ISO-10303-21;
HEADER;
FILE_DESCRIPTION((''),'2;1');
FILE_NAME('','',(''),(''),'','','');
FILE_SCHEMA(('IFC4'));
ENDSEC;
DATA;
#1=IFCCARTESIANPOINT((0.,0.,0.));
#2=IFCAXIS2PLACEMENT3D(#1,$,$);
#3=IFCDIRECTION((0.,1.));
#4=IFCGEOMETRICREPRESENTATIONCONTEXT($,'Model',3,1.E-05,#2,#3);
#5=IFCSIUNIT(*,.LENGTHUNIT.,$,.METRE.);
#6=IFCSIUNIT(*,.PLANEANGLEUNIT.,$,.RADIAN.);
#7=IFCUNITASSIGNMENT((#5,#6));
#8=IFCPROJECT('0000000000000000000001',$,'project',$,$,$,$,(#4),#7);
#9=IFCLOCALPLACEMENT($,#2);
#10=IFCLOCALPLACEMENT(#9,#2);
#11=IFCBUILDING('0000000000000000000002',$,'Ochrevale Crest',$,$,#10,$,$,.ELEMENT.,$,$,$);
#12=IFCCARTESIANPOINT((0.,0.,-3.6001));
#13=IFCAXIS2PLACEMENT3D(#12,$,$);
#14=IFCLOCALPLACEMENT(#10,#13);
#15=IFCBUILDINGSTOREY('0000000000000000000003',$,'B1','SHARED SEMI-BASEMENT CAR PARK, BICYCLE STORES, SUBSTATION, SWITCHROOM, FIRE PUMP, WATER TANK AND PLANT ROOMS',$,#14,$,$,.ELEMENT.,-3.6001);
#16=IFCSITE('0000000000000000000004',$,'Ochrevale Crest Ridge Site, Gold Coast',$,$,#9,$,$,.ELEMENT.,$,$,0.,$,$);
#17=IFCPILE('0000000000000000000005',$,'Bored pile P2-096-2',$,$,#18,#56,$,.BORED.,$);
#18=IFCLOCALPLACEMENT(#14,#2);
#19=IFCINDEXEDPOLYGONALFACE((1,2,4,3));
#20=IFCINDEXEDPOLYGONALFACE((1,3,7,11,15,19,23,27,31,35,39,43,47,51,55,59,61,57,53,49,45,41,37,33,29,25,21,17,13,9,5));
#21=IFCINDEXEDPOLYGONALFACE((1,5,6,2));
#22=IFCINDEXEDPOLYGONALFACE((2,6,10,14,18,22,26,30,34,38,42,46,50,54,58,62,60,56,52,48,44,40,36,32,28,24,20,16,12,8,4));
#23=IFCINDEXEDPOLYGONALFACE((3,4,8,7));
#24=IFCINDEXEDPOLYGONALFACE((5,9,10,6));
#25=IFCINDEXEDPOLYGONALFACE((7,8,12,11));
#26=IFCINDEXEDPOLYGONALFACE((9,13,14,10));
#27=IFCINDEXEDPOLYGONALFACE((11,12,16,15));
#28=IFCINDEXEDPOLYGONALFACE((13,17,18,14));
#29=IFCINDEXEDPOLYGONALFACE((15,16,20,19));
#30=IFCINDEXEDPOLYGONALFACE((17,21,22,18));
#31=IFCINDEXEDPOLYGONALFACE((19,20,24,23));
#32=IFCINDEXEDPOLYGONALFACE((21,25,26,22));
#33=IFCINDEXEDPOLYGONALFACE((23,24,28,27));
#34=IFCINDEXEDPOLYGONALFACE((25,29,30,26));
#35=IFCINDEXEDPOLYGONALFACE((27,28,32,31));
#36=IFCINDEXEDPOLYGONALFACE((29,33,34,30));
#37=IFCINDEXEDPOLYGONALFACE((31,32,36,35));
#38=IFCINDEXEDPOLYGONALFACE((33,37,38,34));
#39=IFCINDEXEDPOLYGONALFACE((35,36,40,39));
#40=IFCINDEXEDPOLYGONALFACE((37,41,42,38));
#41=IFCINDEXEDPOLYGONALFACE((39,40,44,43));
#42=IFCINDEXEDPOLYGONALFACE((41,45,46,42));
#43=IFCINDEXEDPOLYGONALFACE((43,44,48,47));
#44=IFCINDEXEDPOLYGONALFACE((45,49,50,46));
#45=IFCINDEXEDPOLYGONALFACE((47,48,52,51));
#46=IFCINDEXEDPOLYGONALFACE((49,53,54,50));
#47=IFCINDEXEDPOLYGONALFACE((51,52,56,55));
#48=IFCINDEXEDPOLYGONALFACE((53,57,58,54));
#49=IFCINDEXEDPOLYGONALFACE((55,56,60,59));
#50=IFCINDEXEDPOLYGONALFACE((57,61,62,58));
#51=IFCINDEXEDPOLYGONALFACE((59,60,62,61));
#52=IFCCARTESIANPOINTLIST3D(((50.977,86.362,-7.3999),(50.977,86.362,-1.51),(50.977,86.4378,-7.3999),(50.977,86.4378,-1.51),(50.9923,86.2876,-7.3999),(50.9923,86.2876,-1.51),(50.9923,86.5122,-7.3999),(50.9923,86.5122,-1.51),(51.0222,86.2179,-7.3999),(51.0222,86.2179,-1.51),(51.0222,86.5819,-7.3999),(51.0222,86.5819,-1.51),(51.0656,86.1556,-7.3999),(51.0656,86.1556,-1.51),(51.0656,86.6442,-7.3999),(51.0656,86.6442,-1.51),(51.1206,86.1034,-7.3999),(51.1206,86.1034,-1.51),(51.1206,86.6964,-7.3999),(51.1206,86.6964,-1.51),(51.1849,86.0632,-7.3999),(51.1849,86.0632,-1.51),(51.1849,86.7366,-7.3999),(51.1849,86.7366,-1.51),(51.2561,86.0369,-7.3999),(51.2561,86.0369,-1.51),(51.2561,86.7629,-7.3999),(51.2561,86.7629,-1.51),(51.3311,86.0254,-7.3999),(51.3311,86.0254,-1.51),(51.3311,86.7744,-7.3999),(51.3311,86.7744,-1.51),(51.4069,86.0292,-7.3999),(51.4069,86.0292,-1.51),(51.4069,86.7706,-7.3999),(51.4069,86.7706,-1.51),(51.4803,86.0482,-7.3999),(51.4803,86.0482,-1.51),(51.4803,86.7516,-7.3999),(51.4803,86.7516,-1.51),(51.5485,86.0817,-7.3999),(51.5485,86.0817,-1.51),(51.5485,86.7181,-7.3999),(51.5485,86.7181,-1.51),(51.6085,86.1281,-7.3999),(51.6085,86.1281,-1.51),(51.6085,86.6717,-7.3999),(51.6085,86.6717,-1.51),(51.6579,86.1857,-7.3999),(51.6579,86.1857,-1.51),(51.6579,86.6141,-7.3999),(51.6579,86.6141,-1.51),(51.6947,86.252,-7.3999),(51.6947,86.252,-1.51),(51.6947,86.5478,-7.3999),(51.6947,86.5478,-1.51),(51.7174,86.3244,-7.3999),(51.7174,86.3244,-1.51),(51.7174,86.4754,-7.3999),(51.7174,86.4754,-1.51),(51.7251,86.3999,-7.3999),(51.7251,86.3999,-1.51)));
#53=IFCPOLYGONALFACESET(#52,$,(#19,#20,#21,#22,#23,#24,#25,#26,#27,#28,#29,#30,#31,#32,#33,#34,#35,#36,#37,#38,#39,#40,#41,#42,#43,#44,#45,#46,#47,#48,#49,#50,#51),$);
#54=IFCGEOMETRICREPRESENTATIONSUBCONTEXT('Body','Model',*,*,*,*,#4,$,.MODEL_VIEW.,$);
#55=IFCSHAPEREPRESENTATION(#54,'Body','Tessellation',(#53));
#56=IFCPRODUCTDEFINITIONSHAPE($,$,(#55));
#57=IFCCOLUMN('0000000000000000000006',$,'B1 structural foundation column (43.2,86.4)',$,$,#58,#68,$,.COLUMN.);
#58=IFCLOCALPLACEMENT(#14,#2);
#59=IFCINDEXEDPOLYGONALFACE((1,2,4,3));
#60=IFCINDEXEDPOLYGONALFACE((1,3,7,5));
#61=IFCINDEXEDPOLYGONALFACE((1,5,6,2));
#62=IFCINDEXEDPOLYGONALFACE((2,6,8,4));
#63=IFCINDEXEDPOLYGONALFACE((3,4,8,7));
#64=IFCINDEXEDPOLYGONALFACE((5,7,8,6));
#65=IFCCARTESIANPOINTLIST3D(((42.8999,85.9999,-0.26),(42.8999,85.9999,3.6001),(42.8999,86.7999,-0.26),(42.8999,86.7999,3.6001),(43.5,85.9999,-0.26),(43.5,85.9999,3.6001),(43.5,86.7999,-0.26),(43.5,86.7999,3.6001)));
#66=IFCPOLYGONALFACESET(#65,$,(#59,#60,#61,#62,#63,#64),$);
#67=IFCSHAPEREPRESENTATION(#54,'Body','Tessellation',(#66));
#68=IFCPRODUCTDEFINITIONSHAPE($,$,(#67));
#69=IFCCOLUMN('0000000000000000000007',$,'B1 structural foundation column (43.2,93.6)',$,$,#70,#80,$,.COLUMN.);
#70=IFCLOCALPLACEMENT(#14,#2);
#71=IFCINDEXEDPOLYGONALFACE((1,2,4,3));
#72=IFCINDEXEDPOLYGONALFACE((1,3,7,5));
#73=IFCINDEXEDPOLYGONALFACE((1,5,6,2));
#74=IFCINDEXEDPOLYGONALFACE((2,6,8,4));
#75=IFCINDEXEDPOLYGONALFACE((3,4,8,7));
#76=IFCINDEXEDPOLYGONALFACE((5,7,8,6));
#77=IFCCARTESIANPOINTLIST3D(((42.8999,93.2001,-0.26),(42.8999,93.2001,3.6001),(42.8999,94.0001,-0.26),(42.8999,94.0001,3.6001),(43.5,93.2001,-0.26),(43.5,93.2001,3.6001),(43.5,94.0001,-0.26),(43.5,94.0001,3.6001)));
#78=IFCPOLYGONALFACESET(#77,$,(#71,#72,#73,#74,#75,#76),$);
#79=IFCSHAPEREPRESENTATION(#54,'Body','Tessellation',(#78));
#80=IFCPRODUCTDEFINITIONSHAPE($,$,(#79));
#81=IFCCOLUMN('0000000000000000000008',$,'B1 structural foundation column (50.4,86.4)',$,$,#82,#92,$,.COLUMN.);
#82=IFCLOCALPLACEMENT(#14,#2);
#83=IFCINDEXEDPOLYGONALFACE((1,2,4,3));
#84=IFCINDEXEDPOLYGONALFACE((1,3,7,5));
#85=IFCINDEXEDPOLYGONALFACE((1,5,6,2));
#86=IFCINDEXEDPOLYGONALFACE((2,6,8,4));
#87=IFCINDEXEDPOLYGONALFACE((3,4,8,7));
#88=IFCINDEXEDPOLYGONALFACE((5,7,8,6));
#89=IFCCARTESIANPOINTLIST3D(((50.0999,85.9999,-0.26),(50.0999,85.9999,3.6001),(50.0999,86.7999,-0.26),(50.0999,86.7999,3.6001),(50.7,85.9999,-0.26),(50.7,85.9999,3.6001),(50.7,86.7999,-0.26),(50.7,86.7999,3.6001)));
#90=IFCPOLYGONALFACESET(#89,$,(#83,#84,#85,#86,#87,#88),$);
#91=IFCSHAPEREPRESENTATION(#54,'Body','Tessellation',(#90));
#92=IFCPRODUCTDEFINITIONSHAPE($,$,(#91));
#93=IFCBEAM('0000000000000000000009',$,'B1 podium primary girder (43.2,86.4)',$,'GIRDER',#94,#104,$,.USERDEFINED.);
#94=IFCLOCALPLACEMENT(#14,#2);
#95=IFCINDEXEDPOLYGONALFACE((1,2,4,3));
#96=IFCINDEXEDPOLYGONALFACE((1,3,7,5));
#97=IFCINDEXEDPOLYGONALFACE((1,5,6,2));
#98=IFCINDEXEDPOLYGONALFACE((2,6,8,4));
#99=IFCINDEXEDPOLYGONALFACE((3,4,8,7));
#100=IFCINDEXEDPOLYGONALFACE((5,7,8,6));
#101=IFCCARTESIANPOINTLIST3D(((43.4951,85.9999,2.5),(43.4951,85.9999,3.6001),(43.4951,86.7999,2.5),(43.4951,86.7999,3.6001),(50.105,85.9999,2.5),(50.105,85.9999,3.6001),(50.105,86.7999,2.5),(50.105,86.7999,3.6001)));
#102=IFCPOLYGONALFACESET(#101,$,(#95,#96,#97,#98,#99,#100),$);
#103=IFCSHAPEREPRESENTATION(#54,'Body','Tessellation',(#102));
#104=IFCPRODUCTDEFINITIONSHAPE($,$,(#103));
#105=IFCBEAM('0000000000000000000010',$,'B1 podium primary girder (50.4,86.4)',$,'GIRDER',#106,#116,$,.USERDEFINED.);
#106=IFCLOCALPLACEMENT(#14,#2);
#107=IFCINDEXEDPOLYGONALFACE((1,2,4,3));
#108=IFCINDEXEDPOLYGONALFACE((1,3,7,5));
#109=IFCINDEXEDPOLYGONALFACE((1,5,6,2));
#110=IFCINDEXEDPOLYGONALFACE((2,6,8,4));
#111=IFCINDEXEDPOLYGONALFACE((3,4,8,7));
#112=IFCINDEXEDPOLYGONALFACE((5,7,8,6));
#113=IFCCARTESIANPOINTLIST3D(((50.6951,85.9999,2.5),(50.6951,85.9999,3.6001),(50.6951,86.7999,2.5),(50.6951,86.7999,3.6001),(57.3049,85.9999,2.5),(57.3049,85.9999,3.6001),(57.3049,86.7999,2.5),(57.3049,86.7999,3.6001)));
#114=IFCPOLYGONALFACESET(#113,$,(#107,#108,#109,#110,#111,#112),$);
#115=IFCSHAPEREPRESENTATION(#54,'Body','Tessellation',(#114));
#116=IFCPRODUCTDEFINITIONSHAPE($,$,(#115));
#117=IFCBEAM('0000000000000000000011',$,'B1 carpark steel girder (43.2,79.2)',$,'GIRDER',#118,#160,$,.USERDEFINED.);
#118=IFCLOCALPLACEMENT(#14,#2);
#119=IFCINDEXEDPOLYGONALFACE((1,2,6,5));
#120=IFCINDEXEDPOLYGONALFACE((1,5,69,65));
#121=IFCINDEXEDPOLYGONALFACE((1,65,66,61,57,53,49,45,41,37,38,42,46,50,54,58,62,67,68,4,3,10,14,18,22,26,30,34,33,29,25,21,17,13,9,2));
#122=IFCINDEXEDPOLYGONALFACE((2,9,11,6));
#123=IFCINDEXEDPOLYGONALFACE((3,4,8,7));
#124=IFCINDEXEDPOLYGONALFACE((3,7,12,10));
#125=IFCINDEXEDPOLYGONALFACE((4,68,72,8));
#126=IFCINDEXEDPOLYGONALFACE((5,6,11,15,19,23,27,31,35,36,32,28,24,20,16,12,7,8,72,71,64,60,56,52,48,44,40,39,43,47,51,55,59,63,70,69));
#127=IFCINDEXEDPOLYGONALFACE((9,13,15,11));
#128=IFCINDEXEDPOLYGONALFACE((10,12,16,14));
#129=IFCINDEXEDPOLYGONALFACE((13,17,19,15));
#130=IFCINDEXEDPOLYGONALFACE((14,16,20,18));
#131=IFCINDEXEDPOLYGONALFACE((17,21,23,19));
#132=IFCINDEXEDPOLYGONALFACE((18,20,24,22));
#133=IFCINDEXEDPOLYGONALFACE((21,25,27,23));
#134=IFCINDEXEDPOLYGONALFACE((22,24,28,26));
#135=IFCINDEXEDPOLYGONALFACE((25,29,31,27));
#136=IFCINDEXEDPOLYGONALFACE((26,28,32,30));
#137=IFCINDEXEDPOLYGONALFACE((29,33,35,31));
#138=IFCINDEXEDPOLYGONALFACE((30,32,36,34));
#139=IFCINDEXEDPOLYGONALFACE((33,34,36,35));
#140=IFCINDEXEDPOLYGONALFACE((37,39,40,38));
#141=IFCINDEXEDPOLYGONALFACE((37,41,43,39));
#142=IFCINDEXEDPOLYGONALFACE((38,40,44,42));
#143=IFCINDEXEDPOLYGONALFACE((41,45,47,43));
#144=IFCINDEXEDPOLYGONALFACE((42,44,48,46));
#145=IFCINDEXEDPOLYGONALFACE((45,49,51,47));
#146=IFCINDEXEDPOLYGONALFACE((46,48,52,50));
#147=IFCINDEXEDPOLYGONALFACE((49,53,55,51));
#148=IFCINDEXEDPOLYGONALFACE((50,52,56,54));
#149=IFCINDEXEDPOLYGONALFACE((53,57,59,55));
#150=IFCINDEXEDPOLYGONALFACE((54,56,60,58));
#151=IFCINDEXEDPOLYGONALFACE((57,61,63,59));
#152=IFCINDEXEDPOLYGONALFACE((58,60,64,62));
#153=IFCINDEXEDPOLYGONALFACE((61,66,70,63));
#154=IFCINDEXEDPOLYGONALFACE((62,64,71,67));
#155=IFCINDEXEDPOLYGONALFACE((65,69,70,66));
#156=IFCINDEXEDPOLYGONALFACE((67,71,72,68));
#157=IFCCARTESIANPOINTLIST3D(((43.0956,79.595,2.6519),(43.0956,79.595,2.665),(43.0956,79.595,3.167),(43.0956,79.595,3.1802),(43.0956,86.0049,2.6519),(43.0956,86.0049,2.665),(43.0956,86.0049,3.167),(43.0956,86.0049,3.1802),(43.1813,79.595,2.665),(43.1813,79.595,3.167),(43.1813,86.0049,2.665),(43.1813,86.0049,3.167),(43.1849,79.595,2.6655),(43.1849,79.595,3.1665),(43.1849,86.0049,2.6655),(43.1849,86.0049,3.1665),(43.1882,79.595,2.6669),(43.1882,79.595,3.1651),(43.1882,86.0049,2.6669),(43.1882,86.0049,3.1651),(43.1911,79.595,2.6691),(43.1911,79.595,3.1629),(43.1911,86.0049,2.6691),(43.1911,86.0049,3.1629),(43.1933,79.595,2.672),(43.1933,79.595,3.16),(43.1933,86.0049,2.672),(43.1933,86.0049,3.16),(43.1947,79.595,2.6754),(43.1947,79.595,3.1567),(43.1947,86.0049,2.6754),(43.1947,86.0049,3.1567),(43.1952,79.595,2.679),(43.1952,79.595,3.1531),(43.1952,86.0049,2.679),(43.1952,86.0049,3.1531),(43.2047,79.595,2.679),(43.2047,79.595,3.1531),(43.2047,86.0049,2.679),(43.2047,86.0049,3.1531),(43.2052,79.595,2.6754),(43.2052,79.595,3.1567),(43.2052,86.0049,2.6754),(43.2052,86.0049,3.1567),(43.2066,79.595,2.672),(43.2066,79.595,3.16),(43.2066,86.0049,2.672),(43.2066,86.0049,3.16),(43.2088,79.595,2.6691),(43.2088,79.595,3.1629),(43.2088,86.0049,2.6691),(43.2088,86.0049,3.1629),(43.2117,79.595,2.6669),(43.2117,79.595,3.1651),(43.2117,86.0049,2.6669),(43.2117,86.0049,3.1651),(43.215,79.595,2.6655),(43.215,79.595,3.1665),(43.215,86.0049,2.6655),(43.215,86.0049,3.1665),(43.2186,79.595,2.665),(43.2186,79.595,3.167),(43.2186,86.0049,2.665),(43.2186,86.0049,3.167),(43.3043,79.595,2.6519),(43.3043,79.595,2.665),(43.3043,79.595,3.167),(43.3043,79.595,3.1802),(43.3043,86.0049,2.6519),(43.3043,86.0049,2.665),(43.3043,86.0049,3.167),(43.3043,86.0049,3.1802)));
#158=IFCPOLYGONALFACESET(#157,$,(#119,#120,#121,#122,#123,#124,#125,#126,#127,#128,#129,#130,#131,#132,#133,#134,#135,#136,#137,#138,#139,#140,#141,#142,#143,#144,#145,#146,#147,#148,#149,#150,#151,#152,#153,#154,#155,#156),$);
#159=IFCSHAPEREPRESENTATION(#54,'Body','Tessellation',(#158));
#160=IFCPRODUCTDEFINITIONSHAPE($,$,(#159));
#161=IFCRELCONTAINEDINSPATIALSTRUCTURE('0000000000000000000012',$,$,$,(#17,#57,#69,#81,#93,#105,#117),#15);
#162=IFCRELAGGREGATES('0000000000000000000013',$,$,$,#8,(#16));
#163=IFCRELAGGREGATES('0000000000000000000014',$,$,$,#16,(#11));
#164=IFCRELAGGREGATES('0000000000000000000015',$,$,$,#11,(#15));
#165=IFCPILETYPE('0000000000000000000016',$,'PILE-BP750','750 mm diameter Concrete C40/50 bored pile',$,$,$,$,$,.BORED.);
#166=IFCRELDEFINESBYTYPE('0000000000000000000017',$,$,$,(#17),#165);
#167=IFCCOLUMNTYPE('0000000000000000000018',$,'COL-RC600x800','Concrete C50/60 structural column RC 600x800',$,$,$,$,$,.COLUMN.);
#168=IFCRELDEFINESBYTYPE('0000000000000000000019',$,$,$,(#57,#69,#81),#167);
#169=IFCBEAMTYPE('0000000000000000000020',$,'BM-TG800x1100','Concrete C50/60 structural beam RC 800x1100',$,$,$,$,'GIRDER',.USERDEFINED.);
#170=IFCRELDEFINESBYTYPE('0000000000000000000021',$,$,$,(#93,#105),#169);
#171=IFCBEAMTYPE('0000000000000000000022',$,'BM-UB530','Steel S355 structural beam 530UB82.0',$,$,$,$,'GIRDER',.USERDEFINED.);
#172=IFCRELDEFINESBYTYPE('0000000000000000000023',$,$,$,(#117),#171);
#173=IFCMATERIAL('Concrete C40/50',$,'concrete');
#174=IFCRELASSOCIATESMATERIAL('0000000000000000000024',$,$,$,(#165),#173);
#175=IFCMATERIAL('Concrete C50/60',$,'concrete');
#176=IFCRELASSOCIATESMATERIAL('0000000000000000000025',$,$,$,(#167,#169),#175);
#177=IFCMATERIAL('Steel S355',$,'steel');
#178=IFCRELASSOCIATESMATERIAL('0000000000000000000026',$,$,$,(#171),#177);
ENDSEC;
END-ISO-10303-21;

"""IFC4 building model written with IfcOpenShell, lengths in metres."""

from ifc_helpers import new_model, si_unit, direction, frame, origin, origin_2d, place, context, subcontext, project, spatial, rectangle, circle, i_section, extrude, material, material_profile, profile_set, type_object, element, save


model = new_model("IFC4")

# Units and contexts
model_context = context("Model", 3, precision=1e-05, world=origin(), true_north=direction((0.0, 1.0)))
body_context = subcontext(model_context, "Body", "Model", "MODEL_VIEW")
ifc_project = project(units=[si_unit("LENGTHUNIT", "METRE"), si_unit("PLANEANGLEUNIT", "RADIAN")], contexts=[model_context])

# Site, building, storey
site_placement = place(None, origin())
site = spatial("IfcSite", under=ifc_project, at=site_placement, Name="Ochrevale Crest Ridge Site, Gold Coast", CompositionType="ELEMENT", RefElevation=0.0)
building_placement = place(site_placement, origin())
building = spatial("IfcBuilding", under=site, at=building_placement, Name="Ochrevale Crest", CompositionType="ELEMENT")
storey_placement = place(building_placement, frame((0.0, 0.0, -3.6001)))
storey = spatial("IfcBuildingStorey", under=building, at=storey_placement, Name="B1", Description="SHARED SEMI-BASEMENT CAR PARK, BICYCLE STORES, SUBSTATION, SWITCHROOM, FIRE PUMP, WATER TANK AND PLANT ROOMS", CompositionType="ELEMENT", Elevation=-3.6001)

# Shared definitions
ifc_material_1 = material(Name="Concrete C40/50", Category="concrete")

# Pile
ifc_material_profile_1 = material_profile(ifc_material_1, circle(Radius=0.375, at=origin_2d()), Name="BORED PILE 750")
ifc_profile_set_1 = profile_set([ifc_material_profile_1], Name="Concrete C40/50")
pile_type = type_object("IfcPileType", Name="PILE-BP750", Description="750 mm diameter Concrete C40/50 bored pile", PredefinedType="BORED", material=ifc_profile_set_1)
for number, where, z_axis, x_axis, name in (
    (1, (51.3501, 86.3999, -1.51), (0.0, 0.0, -1.0), (1.0, 0.0, 0.0), "Bored pile P2-096-2"),
):
    element("IfcPile", number, at=place(storey_placement, frame(where, z_axis=z_axis, x_axis=x_axis)), inside=storey, type_object=pile_type, Name=name, PredefinedType="BORED", context=body_context, shape_type="SweptSolid", body=[
        extrude(circle(Radius=0.375, at=origin_2d()), origin(), (0.0, 0.0, 1.0), 5.8899),
    ])

# Columns
ifc_material_2 = material(Name="Concrete C50/60", Category="concrete")
ifc_material_profile_2 = material_profile(ifc_material_2, rectangle(XDim=0.6001, YDim=0.8, at=origin_2d()), Name="RC 600x800")
ifc_profile_set_2 = profile_set([ifc_material_profile_2], Name="Concrete C50/60")
column_type = type_object("IfcColumnType", Name="COL-RC600x800", Description="Concrete C50/60 structural column RC 600x800", PredefinedType="COLUMN", material=ifc_profile_set_2)
for number, where, z_axis, x_axis, name in (
    (2, (43.2, 86.3999, -0.26), (0.0, 0.0, 1.0), (1.0, 0.0, 0.0), "B1 structural foundation column (43.2,86.4)"),
    (3, (43.2, 93.6001, -0.26), (0.0, 0.0, 1.0), (1.0, 0.0, 0.0), "B1 structural foundation column (43.2,93.6)"),
    (4, (50.3999, 86.3999, -0.26), (0.0, 0.0, 1.0), (1.0, 0.0, 0.0), "B1 structural foundation column (50.4,86.4)"),
):
    element("IfcColumn", number, at=place(storey_placement, frame(where, z_axis=z_axis, x_axis=x_axis)), inside=storey, type_object=column_type, Name=name, PredefinedType="COLUMN", context=body_context, shape_type="SweptSolid", body=[
        extrude(rectangle(XDim=0.6001, YDim=0.8, at=origin_2d()), origin(), (0.0, 0.0, 1.0), 3.8601),
    ])

# Beams
ifc_material_profile_3 = material_profile(ifc_material_2, rectangle(XDim=0.8, YDim=1.1001, at=origin_2d()), Name="RC 800x1100")
ifc_profile_set_3 = profile_set([ifc_material_profile_3], Name="Concrete C50/60")
beam_type_1 = type_object("IfcBeamType", Name="BM-TG800x1100", Description="Concrete C50/60 structural beam RC 800x1100", ElementType="GIRDER", PredefinedType="USERDEFINED", material=ifc_profile_set_3)
for number, where, z_axis, x_axis, name in (
    (5, (43.4951, 86.3999, 3.05), (1.0, 0.0, 0.0), (0.0, 1.0, 0.0), "B1 podium primary girder (43.2,86.4)"),
    (6, (50.6951, 86.3999, 3.05), (1.0, 0.0, 0.0), (0.0, 1.0, 0.0), "B1 podium primary girder (50.4,86.4)"),
):
    element("IfcBeam", number, at=place(storey_placement, frame(where, z_axis=z_axis, x_axis=x_axis)), inside=storey, type_object=beam_type_1, Name=name, ObjectType="GIRDER", PredefinedType="USERDEFINED", context=body_context, shape_type="SweptSolid", body=[
        extrude(rectangle(XDim=0.8, YDim=1.1001, at=origin_2d()), origin(), (0.0, 0.0, 1.0), 6.6099),
    ])
ifc_material_3 = material(Name="Steel S355", Category="steel")
ifc_material_profile_4 = material_profile(ifc_material_3, i_section(OverallWidth=0.2087, OverallDepth=0.5283, WebThickness=0.0095, FlangeThickness=0.0132, FilletRadius=0.0139, at=origin_2d()), Name="530UB82.0")
ifc_profile_set_4 = profile_set([ifc_material_profile_4], Name="Steel S355")
beam_type_2 = type_object("IfcBeamType", Name="BM-UB530", Description="Steel S355 structural beam 530UB82.0", ElementType="GIRDER", PredefinedType="USERDEFINED", material=ifc_profile_set_4)
beam_1_placement = place(storey_placement, frame((43.2, 79.595, 2.916), z_axis=(0.0, 1.0, 0.0), x_axis=(-1.0, 0.0, 0.0)))
element("IfcBeam", 7, at=beam_1_placement, inside=storey, type_object=beam_type_2, Name="B1 carpark steel girder (43.2,79.2)", ObjectType="GIRDER", PredefinedType="USERDEFINED", context=body_context, shape_type="SweptSolid", body=[
    extrude(i_section(OverallWidth=0.2087, OverallDepth=0.5283, WebThickness=0.0095, FlangeThickness=0.0132, FilletRadius=0.0139, at=origin_2d()), origin(), (0.0, 0.0, 1.0), 6.4099),
])

save(model, "model.ifc")
